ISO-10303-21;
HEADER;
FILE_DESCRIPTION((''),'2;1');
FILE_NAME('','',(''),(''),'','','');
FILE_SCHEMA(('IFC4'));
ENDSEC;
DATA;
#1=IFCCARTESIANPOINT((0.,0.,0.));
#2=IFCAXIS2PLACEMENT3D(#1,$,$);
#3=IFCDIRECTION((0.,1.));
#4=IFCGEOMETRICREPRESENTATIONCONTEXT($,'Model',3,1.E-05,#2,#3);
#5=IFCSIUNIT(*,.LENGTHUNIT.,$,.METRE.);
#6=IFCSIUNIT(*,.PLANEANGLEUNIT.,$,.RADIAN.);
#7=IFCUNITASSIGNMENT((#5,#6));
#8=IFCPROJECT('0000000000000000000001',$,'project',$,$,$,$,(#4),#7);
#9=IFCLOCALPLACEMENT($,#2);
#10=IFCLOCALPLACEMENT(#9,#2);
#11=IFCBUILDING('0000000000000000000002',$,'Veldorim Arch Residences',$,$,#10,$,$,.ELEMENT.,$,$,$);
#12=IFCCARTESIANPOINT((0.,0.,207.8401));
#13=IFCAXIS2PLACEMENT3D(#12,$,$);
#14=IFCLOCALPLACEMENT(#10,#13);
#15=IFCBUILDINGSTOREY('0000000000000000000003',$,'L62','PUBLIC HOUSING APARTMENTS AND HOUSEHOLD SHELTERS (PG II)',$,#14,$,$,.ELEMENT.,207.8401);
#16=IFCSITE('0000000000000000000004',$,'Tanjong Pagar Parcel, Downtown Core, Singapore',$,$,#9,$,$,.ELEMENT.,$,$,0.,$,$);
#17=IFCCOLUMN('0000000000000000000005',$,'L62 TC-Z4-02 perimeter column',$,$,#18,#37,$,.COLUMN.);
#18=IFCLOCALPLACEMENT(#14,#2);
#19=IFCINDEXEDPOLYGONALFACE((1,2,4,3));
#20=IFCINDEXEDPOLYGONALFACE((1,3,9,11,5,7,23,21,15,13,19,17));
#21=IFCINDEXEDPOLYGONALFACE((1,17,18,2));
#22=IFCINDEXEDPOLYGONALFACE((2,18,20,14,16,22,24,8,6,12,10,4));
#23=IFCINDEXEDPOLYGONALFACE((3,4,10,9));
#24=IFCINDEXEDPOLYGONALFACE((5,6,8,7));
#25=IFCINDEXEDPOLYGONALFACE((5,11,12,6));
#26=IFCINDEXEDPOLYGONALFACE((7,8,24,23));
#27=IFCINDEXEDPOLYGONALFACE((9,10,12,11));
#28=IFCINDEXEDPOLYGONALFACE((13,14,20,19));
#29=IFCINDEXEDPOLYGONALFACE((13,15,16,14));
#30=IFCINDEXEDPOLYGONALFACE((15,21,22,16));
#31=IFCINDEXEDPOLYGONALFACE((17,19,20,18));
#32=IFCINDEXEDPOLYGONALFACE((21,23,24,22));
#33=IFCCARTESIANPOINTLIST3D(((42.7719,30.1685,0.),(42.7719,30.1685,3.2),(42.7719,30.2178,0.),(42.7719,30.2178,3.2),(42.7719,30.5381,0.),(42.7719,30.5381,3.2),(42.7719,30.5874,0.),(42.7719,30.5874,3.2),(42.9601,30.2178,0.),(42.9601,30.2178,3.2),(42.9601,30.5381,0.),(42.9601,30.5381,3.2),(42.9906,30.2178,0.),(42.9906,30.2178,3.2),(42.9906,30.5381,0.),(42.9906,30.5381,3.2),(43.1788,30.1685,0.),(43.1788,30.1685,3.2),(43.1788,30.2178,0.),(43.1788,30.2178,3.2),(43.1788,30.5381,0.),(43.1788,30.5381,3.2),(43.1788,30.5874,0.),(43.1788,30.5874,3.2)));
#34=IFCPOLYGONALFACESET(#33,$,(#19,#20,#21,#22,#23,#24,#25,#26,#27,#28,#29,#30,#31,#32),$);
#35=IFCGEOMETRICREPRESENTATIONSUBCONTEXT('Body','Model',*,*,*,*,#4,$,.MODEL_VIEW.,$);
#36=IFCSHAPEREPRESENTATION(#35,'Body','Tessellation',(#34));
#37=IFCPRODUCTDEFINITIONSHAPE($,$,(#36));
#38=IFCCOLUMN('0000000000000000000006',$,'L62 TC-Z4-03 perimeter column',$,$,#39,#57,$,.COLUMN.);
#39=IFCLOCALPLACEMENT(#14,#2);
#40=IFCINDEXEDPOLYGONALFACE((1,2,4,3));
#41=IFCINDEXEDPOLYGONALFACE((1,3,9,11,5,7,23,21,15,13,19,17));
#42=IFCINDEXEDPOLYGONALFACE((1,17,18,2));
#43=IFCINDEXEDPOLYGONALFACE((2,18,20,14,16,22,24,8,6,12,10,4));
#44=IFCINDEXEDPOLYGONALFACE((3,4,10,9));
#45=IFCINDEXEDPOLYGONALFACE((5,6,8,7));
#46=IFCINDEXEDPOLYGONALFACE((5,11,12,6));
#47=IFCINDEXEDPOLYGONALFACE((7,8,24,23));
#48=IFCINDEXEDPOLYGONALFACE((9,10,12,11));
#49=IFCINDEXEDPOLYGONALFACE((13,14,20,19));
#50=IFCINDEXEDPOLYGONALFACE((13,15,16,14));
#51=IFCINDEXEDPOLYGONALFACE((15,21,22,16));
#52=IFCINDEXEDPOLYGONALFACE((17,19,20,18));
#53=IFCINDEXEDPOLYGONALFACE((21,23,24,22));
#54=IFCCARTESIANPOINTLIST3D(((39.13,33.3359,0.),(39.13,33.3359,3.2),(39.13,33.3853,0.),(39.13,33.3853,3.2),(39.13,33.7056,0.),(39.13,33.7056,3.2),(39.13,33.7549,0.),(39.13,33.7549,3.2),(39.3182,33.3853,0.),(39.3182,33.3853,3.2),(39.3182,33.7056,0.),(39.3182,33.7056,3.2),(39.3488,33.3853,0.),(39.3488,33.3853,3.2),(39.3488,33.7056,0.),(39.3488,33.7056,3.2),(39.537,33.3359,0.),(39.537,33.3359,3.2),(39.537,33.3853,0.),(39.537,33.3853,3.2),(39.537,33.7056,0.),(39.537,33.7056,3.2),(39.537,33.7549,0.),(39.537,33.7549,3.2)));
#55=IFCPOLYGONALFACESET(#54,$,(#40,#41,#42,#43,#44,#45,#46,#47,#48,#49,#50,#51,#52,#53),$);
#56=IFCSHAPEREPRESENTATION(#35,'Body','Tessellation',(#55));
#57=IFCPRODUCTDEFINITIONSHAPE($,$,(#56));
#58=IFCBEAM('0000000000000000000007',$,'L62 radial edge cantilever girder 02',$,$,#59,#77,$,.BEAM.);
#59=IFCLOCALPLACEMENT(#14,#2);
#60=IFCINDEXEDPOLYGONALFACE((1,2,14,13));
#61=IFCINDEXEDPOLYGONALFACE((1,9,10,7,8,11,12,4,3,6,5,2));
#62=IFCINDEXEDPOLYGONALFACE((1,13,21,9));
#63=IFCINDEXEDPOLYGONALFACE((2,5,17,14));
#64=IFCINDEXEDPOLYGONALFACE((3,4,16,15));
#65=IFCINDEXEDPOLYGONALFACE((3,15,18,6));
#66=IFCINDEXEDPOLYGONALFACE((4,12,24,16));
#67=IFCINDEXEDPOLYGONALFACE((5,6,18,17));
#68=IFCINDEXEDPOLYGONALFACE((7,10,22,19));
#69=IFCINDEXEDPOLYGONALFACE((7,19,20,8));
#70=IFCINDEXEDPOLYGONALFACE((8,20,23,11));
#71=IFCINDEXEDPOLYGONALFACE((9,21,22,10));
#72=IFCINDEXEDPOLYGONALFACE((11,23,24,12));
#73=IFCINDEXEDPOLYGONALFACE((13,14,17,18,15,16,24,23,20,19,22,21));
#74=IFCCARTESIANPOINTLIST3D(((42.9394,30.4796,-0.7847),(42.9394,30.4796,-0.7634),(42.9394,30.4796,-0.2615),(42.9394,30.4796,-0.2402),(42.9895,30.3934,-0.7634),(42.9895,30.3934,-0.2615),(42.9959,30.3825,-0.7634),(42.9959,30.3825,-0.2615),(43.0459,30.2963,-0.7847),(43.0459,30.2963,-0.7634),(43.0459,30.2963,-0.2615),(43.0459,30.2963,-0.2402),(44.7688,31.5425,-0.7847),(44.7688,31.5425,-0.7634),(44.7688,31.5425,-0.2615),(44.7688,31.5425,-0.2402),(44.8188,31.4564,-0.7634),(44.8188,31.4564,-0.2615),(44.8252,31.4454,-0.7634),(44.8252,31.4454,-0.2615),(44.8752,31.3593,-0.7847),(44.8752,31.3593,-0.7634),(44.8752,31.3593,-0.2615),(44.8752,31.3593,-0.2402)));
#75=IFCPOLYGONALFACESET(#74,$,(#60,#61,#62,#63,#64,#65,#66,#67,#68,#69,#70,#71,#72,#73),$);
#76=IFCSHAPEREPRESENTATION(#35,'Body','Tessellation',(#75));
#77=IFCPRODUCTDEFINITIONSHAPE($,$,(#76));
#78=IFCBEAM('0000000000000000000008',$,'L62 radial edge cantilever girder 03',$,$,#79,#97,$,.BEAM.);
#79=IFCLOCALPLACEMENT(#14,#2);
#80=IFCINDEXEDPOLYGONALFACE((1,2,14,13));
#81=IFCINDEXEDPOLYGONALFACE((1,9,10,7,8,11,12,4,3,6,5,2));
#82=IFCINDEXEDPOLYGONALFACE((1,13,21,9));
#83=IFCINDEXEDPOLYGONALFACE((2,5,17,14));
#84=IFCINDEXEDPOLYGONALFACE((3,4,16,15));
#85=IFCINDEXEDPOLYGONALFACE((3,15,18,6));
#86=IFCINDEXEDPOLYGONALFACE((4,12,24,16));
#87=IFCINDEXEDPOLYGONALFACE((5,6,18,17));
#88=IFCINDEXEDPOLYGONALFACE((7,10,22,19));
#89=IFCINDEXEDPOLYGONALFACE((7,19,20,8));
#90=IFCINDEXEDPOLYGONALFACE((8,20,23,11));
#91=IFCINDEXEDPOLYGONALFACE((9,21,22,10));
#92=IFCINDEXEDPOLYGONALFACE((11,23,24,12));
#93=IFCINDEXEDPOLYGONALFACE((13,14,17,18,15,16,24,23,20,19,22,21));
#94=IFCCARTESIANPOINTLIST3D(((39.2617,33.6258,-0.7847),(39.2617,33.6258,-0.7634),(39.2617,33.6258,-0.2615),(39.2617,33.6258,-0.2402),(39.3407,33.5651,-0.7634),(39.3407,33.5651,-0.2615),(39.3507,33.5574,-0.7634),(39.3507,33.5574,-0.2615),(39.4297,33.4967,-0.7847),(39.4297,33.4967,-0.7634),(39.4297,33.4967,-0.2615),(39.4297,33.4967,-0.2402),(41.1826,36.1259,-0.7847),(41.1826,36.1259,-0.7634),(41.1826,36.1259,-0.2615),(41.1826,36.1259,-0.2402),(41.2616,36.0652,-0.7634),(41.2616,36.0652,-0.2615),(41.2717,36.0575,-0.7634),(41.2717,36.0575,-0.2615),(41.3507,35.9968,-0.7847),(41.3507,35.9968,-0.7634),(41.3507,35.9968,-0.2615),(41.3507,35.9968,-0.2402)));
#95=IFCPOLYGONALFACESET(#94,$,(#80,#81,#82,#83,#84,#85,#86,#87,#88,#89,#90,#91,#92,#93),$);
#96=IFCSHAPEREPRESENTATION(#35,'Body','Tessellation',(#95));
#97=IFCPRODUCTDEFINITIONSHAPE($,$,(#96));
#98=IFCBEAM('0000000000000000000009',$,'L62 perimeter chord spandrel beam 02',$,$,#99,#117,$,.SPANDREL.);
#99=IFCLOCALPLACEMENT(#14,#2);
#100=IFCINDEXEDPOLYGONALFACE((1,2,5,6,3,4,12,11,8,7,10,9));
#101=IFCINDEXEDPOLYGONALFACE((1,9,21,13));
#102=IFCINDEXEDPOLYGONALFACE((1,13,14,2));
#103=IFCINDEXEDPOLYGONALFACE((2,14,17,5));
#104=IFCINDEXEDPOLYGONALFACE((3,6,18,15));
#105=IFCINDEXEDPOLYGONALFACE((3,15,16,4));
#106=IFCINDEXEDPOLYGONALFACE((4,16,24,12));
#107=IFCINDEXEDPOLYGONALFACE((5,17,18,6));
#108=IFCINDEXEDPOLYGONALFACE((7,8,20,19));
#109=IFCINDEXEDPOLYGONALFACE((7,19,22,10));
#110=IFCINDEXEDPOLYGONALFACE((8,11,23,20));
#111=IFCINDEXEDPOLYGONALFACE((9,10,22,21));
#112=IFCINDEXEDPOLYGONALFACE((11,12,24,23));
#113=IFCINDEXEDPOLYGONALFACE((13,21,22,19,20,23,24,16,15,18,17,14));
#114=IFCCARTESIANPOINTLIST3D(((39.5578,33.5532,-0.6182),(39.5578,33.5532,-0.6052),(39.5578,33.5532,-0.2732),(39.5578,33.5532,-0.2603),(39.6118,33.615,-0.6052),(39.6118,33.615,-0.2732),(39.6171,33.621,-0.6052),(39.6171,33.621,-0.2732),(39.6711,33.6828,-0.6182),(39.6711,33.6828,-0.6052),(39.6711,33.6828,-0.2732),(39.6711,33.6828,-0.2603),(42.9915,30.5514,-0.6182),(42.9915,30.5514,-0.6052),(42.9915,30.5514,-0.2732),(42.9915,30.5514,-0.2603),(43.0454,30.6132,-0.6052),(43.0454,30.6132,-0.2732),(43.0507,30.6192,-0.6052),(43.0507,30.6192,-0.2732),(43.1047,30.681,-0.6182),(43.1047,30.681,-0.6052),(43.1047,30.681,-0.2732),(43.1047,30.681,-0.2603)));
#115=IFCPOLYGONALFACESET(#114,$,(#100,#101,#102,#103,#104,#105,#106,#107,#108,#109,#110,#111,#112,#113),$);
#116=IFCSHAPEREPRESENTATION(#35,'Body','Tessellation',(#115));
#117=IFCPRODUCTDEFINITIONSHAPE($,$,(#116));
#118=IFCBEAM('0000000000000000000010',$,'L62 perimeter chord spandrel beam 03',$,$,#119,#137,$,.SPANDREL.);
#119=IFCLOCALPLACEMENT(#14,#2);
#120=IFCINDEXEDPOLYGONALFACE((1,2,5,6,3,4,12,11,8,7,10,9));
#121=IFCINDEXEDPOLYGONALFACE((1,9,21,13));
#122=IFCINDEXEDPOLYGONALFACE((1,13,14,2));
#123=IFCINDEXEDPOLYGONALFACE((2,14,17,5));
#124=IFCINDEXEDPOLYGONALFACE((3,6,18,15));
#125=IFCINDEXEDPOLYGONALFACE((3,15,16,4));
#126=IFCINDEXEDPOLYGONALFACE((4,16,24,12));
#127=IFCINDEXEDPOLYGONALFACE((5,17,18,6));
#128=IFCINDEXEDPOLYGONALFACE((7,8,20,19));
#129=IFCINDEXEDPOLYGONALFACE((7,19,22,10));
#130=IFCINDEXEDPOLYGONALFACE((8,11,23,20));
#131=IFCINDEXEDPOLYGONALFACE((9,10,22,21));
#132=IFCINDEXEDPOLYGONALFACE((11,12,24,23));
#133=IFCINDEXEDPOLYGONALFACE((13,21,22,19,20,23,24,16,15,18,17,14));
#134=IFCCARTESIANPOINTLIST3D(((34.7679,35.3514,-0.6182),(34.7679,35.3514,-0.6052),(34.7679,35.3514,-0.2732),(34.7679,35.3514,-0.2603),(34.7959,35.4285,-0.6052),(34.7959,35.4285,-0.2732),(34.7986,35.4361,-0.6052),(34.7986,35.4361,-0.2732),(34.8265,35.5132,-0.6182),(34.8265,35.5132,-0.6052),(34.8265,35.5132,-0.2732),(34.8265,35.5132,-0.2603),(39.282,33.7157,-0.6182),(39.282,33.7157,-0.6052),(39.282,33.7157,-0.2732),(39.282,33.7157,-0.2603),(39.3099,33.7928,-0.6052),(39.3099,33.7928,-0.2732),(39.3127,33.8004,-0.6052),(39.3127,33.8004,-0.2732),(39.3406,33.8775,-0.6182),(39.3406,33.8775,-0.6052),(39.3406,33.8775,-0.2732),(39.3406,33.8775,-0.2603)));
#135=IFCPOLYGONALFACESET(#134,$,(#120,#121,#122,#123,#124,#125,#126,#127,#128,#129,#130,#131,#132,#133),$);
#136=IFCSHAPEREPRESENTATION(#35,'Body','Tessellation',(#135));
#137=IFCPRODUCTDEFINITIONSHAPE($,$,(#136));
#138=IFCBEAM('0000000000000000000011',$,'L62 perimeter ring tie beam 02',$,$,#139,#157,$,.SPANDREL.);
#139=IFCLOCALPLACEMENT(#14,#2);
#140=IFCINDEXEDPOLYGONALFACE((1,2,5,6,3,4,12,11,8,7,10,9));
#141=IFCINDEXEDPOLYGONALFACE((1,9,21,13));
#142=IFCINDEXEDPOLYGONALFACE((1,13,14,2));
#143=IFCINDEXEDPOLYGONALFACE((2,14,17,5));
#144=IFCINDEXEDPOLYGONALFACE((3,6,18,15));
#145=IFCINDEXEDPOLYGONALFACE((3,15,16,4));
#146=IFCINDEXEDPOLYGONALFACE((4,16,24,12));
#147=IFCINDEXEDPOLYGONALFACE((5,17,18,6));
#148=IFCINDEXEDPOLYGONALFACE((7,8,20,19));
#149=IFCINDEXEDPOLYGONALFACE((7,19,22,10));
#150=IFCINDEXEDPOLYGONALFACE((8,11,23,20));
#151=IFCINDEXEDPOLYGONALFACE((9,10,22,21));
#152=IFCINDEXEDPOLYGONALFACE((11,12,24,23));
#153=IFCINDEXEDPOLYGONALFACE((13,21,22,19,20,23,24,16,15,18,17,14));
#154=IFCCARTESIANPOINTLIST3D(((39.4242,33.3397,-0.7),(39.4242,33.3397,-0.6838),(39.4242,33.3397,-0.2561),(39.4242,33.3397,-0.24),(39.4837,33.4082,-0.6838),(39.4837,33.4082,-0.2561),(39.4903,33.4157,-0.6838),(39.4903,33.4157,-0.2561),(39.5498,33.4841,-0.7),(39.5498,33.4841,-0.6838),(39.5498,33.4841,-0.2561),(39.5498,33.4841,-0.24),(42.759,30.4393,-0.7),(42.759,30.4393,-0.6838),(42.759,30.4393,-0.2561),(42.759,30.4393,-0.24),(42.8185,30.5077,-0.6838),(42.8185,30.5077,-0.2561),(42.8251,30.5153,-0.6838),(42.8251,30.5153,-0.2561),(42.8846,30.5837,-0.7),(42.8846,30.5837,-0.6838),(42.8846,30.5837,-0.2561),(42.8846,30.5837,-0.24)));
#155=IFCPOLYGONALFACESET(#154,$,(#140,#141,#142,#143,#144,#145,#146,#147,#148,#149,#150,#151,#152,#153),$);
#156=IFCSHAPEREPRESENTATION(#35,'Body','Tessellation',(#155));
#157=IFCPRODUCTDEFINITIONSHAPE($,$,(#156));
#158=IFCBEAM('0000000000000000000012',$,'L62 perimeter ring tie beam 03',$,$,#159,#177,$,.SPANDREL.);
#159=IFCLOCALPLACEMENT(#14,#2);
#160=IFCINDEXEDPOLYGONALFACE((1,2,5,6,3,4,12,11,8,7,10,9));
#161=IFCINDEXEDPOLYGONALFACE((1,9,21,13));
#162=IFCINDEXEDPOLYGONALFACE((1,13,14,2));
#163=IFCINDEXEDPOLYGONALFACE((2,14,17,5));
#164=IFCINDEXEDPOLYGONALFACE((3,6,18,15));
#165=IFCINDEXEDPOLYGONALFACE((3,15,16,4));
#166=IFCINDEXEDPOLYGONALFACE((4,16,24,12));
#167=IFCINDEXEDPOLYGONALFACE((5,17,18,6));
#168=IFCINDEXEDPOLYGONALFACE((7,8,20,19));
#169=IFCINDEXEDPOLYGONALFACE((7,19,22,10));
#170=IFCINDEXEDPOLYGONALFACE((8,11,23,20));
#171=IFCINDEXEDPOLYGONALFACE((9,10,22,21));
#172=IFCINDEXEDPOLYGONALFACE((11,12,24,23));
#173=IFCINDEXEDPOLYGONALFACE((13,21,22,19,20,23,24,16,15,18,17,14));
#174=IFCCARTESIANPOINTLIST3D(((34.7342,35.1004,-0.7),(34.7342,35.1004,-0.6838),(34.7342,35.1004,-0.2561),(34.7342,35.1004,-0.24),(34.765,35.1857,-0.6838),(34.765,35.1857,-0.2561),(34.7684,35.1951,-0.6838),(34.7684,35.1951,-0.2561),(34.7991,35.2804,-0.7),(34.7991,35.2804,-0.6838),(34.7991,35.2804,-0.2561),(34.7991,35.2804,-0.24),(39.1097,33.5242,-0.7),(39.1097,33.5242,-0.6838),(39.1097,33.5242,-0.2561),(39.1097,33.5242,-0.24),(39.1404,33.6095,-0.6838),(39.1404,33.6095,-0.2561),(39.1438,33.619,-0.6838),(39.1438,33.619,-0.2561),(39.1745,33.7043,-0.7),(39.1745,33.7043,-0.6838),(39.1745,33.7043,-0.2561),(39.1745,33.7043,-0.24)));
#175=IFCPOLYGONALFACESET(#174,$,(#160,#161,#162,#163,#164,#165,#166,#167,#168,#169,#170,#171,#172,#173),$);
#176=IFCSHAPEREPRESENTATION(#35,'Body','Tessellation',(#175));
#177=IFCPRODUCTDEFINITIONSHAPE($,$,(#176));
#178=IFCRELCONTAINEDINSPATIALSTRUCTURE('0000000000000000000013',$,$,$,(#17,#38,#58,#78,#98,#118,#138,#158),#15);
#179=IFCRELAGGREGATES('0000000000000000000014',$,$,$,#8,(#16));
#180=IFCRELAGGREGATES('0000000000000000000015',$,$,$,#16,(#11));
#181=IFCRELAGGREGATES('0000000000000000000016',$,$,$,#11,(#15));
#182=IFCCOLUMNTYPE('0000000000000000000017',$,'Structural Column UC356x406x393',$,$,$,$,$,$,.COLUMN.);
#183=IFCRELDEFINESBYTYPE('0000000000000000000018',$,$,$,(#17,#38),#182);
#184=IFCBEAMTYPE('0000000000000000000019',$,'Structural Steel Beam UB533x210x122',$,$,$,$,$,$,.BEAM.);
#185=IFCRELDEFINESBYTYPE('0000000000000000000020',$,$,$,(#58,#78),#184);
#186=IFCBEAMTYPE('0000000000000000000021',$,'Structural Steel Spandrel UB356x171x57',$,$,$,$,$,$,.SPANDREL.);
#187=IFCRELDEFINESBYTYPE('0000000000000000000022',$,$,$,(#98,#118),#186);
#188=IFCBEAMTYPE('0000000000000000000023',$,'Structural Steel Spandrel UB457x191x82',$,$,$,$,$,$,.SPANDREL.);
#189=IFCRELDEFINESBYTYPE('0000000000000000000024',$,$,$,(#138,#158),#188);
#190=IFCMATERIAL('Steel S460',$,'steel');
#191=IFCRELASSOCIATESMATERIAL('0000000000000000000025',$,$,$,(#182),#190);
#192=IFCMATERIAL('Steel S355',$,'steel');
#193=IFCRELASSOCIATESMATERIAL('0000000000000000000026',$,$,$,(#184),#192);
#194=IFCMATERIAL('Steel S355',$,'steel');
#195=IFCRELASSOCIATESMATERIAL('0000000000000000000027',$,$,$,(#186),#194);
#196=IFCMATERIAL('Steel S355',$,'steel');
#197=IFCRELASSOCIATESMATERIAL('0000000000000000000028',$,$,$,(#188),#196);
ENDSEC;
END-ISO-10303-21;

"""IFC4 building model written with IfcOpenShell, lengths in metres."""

from ifc_helpers import new_model, si_unit, direction, frame, origin, origin_2d, place, context, subcontext, project, spatial, i_section, extrude, material, material_profile, profile_set, type_object, element, save


model = new_model("IFC4")

# Units and contexts
model_context = context("Model", 3, precision=1e-05, world=origin(), true_north=direction((0.0, 1.0)))
body_context = subcontext(model_context, "Body", "Model", "MODEL_VIEW")
ifc_project = project(units=[si_unit("LENGTHUNIT", "METRE"), si_unit("PLANEANGLEUNIT", "RADIAN")], contexts=[model_context])

# Site, building, storey
site_placement = place(None, origin())
site = spatial("IfcSite", under=ifc_project, at=site_placement, Name="Tanjong Pagar Parcel, Downtown Core, Singapore", CompositionType="ELEMENT", RefElevation=0.0)
building_placement = place(site_placement, origin())
building = spatial("IfcBuilding", under=site, at=building_placement, Name="Veldorim Arch Residences", CompositionType="ELEMENT")
storey_placement = place(building_placement, frame((0.0, 0.0, 207.8401)))
storey = spatial("IfcBuildingStorey", under=building, at=storey_placement, Name="L62", Description="PUBLIC HOUSING APARTMENTS AND HOUSEHOLD SHELTERS (PG II)", CompositionType="ELEMENT", Elevation=207.8401)

# Columns
ifc_material_1 = material(Name="Steel S460", Category="steel")
ifc_material_profile_1 = material_profile(ifc_material_1, i_section(OverallWidth=0.407, OverallDepth=0.4189, WebThickness=0.0305, FlangeThickness=0.0493, at=origin_2d()), Name="UC356x406x393")
ifc_profile_set_1 = profile_set([ifc_material_profile_1], Name="Steel S460")
column_type = type_object("IfcColumnType", Name="Structural Column UC356x406x393", PredefinedType="COLUMN", material=ifc_profile_set_1)
for number, where, z_axis, x_axis, name in (
    (1, (42.9753, 30.3779, 0.0), (0.0, 0.0, 1.0), (1.0, 0.0, 0.0), "L62 TC-Z4-02 perimeter column"),
    (2, (39.3335, 33.5454, 0.0), (0.0, 0.0, 1.0), (1.0, 0.0, 0.0), "L62 TC-Z4-03 perimeter column"),
):
    element("IfcColumn", number, at=place(storey_placement, frame(where, z_axis=z_axis, x_axis=x_axis)), inside=storey, type_object=column_type, Name=name, PredefinedType="COLUMN", context=body_context, shape_type="SweptSolid", body=[
        extrude(i_section(OverallWidth=0.407, OverallDepth=0.4189, WebThickness=0.0305, FlangeThickness=0.0493, at=origin_2d()), origin(), (0.0, 0.0, 1.0), 3.2),
    ])

# Beams
ifc_material_2 = material(Name="Steel S355", Category="steel")
ifc_material_profile_2 = material_profile(ifc_material_2, i_section(OverallWidth=0.2119, OverallDepth=0.5444, WebThickness=0.0127, FlangeThickness=0.0212, at=origin_2d()), Name="UB533x210x122")
ifc_profile_set_2 = profile_set([ifc_material_profile_2], Name="Steel S355")
beam_type_1 = type_object("IfcBeamType", Name="Structural Steel Beam UB533x210x122", PredefinedType="BEAM", material=ifc_profile_set_2)
beam_1_placement = place(storey_placement, frame((42.9927, 30.3879, -0.5125), z_axis=(0.864627, 0.502414, 0.0), x_axis=(-0.502414, 0.864627, 0.0)))
element("IfcBeam", 3, at=beam_1_placement, inside=storey, type_object=beam_type_1, Name="L62 radial edge cantilever girder 02", PredefinedType="BEAM", context=body_context, shape_type="SweptSolid", body=[
    extrude(i_section(OverallWidth=0.2119, OverallDepth=0.5444, WebThickness=0.0127, FlangeThickness=0.0212, at=origin_2d()), origin(), (0.0, 0.0, 1.0), 2.1157),
])
beam_2_placement = place(storey_placement, frame((39.3457, 33.5613, -0.5125), z_axis=(0.609277, 0.792958, 0.0), x_axis=(-0.792958, 0.609277, 0.0)))
element("IfcBeam", 4, at=beam_2_placement, inside=storey, type_object=beam_type_1, Name="L62 radial edge cantilever girder 03", PredefinedType="BEAM", context=body_context, shape_type="SweptSolid", body=[
    extrude(i_section(OverallWidth=0.2119, OverallDepth=0.5444, WebThickness=0.0127, FlangeThickness=0.0212, at=origin_2d()), origin(), (0.0, 0.0, 1.0), 3.1528),
])
ifc_material_3 = material(Name="Steel S355", Category="steel")
ifc_material_profile_3 = material_profile(ifc_material_3, i_section(OverallWidth=0.1721, OverallDepth=0.3579, WebThickness=0.0081, FlangeThickness=0.0129, at=origin_2d()), Name="UB356x171x57")
ifc_profile_set_3 = profile_set([ifc_material_profile_3], Name="Steel S355")
beam_type_2 = type_object("IfcBeamType", Name="Structural Steel Spandrel UB356x171x57", PredefinedType="SPANDREL", material=ifc_profile_set_3)
beam_3_placement = place(storey_placement, frame((43.0481, 30.6162, -0.4392), z_axis=(-0.752868, 0.658171, 0.0), x_axis=(-0.658171, -0.752868, 0.0)))
element("IfcBeam", 5, at=beam_3_placement, inside=storey, type_object=beam_type_2, Name="L62 perimeter chord spandrel beam 02", PredefinedType="SPANDREL", context=body_context, shape_type="SweptSolid", body=[
    extrude(i_section(OverallWidth=0.1721, OverallDepth=0.3579, WebThickness=0.0081, FlangeThickness=0.0129, at=origin_2d()), origin(), (0.0, 0.0, 1.0), 4.5608),
])
beam_4_placement = place(storey_placement, frame((39.3113, 33.7966, -0.4392), z_axis=(-0.940179, 0.340681, 0.0), x_axis=(-0.340681, -0.940179, 0.0)))
element("IfcBeam", 6, at=beam_4_placement, inside=storey, type_object=beam_type_2, Name="L62 perimeter chord spandrel beam 03", PredefinedType="SPANDREL", context=body_context, shape_type="SweptSolid", body=[
    extrude(i_section(OverallWidth=0.1721, OverallDepth=0.3579, WebThickness=0.0081, FlangeThickness=0.0129, at=origin_2d()), origin(), (0.0, 0.0, 1.0), 4.8013),
])
ifc_material_4 = material(Name="Steel S355", Category="steel")
ifc_material_profile_4 = material_profile(ifc_material_4, i_section(OverallWidth=0.1914, OverallDepth=0.46, WebThickness=0.01, FlangeThickness=0.0161, at=origin_2d()), Name="UB457x191x82")
ifc_profile_set_4 = profile_set([ifc_material_profile_4], Name="Steel S355")
beam_type_3 = type_object("IfcBeamType", Name="Structural Steel Spandrel UB457x191x82", PredefinedType="SPANDREL", material=ifc_profile_set_4)
beam_5_placement = place(storey_placement, frame((42.8218, 30.5115, -0.47), z_axis=(-0.754534, 0.656261, 0.0), x_axis=(-0.656261, -0.754534, 0.0)))
element("IfcBeam", 7, at=beam_5_placement, inside=storey, type_object=beam_type_3, Name="L62 perimeter ring tie beam 02", PredefinedType="SPANDREL", context=body_context, shape_type="SweptSolid", body=[
    extrude(i_section(OverallWidth=0.1914, OverallDepth=0.46, WebThickness=0.01, FlangeThickness=0.0161, at=origin_2d()), origin(), (0.0, 0.0, 1.0), 4.4197),
])
beam_6_placement = place(storey_placement, frame((39.1421, 33.6143, -0.47), z_axis=(-0.940819, 0.338909, 0.0), x_axis=(-0.338909, -0.940819, 0.0)))
element("IfcBeam", 8, at=beam_6_placement, inside=storey, type_object=beam_type_3, Name="L62 perimeter ring tie beam 03", PredefinedType="SPANDREL", context=body_context, shape_type="SweptSolid", body=[
    extrude(i_section(OverallWidth=0.1914, OverallDepth=0.46, WebThickness=0.01, FlangeThickness=0.0161, at=origin_2d()), origin(), (0.0, 0.0, 1.0), 4.6506),
])

save(model, "model.ifc")
